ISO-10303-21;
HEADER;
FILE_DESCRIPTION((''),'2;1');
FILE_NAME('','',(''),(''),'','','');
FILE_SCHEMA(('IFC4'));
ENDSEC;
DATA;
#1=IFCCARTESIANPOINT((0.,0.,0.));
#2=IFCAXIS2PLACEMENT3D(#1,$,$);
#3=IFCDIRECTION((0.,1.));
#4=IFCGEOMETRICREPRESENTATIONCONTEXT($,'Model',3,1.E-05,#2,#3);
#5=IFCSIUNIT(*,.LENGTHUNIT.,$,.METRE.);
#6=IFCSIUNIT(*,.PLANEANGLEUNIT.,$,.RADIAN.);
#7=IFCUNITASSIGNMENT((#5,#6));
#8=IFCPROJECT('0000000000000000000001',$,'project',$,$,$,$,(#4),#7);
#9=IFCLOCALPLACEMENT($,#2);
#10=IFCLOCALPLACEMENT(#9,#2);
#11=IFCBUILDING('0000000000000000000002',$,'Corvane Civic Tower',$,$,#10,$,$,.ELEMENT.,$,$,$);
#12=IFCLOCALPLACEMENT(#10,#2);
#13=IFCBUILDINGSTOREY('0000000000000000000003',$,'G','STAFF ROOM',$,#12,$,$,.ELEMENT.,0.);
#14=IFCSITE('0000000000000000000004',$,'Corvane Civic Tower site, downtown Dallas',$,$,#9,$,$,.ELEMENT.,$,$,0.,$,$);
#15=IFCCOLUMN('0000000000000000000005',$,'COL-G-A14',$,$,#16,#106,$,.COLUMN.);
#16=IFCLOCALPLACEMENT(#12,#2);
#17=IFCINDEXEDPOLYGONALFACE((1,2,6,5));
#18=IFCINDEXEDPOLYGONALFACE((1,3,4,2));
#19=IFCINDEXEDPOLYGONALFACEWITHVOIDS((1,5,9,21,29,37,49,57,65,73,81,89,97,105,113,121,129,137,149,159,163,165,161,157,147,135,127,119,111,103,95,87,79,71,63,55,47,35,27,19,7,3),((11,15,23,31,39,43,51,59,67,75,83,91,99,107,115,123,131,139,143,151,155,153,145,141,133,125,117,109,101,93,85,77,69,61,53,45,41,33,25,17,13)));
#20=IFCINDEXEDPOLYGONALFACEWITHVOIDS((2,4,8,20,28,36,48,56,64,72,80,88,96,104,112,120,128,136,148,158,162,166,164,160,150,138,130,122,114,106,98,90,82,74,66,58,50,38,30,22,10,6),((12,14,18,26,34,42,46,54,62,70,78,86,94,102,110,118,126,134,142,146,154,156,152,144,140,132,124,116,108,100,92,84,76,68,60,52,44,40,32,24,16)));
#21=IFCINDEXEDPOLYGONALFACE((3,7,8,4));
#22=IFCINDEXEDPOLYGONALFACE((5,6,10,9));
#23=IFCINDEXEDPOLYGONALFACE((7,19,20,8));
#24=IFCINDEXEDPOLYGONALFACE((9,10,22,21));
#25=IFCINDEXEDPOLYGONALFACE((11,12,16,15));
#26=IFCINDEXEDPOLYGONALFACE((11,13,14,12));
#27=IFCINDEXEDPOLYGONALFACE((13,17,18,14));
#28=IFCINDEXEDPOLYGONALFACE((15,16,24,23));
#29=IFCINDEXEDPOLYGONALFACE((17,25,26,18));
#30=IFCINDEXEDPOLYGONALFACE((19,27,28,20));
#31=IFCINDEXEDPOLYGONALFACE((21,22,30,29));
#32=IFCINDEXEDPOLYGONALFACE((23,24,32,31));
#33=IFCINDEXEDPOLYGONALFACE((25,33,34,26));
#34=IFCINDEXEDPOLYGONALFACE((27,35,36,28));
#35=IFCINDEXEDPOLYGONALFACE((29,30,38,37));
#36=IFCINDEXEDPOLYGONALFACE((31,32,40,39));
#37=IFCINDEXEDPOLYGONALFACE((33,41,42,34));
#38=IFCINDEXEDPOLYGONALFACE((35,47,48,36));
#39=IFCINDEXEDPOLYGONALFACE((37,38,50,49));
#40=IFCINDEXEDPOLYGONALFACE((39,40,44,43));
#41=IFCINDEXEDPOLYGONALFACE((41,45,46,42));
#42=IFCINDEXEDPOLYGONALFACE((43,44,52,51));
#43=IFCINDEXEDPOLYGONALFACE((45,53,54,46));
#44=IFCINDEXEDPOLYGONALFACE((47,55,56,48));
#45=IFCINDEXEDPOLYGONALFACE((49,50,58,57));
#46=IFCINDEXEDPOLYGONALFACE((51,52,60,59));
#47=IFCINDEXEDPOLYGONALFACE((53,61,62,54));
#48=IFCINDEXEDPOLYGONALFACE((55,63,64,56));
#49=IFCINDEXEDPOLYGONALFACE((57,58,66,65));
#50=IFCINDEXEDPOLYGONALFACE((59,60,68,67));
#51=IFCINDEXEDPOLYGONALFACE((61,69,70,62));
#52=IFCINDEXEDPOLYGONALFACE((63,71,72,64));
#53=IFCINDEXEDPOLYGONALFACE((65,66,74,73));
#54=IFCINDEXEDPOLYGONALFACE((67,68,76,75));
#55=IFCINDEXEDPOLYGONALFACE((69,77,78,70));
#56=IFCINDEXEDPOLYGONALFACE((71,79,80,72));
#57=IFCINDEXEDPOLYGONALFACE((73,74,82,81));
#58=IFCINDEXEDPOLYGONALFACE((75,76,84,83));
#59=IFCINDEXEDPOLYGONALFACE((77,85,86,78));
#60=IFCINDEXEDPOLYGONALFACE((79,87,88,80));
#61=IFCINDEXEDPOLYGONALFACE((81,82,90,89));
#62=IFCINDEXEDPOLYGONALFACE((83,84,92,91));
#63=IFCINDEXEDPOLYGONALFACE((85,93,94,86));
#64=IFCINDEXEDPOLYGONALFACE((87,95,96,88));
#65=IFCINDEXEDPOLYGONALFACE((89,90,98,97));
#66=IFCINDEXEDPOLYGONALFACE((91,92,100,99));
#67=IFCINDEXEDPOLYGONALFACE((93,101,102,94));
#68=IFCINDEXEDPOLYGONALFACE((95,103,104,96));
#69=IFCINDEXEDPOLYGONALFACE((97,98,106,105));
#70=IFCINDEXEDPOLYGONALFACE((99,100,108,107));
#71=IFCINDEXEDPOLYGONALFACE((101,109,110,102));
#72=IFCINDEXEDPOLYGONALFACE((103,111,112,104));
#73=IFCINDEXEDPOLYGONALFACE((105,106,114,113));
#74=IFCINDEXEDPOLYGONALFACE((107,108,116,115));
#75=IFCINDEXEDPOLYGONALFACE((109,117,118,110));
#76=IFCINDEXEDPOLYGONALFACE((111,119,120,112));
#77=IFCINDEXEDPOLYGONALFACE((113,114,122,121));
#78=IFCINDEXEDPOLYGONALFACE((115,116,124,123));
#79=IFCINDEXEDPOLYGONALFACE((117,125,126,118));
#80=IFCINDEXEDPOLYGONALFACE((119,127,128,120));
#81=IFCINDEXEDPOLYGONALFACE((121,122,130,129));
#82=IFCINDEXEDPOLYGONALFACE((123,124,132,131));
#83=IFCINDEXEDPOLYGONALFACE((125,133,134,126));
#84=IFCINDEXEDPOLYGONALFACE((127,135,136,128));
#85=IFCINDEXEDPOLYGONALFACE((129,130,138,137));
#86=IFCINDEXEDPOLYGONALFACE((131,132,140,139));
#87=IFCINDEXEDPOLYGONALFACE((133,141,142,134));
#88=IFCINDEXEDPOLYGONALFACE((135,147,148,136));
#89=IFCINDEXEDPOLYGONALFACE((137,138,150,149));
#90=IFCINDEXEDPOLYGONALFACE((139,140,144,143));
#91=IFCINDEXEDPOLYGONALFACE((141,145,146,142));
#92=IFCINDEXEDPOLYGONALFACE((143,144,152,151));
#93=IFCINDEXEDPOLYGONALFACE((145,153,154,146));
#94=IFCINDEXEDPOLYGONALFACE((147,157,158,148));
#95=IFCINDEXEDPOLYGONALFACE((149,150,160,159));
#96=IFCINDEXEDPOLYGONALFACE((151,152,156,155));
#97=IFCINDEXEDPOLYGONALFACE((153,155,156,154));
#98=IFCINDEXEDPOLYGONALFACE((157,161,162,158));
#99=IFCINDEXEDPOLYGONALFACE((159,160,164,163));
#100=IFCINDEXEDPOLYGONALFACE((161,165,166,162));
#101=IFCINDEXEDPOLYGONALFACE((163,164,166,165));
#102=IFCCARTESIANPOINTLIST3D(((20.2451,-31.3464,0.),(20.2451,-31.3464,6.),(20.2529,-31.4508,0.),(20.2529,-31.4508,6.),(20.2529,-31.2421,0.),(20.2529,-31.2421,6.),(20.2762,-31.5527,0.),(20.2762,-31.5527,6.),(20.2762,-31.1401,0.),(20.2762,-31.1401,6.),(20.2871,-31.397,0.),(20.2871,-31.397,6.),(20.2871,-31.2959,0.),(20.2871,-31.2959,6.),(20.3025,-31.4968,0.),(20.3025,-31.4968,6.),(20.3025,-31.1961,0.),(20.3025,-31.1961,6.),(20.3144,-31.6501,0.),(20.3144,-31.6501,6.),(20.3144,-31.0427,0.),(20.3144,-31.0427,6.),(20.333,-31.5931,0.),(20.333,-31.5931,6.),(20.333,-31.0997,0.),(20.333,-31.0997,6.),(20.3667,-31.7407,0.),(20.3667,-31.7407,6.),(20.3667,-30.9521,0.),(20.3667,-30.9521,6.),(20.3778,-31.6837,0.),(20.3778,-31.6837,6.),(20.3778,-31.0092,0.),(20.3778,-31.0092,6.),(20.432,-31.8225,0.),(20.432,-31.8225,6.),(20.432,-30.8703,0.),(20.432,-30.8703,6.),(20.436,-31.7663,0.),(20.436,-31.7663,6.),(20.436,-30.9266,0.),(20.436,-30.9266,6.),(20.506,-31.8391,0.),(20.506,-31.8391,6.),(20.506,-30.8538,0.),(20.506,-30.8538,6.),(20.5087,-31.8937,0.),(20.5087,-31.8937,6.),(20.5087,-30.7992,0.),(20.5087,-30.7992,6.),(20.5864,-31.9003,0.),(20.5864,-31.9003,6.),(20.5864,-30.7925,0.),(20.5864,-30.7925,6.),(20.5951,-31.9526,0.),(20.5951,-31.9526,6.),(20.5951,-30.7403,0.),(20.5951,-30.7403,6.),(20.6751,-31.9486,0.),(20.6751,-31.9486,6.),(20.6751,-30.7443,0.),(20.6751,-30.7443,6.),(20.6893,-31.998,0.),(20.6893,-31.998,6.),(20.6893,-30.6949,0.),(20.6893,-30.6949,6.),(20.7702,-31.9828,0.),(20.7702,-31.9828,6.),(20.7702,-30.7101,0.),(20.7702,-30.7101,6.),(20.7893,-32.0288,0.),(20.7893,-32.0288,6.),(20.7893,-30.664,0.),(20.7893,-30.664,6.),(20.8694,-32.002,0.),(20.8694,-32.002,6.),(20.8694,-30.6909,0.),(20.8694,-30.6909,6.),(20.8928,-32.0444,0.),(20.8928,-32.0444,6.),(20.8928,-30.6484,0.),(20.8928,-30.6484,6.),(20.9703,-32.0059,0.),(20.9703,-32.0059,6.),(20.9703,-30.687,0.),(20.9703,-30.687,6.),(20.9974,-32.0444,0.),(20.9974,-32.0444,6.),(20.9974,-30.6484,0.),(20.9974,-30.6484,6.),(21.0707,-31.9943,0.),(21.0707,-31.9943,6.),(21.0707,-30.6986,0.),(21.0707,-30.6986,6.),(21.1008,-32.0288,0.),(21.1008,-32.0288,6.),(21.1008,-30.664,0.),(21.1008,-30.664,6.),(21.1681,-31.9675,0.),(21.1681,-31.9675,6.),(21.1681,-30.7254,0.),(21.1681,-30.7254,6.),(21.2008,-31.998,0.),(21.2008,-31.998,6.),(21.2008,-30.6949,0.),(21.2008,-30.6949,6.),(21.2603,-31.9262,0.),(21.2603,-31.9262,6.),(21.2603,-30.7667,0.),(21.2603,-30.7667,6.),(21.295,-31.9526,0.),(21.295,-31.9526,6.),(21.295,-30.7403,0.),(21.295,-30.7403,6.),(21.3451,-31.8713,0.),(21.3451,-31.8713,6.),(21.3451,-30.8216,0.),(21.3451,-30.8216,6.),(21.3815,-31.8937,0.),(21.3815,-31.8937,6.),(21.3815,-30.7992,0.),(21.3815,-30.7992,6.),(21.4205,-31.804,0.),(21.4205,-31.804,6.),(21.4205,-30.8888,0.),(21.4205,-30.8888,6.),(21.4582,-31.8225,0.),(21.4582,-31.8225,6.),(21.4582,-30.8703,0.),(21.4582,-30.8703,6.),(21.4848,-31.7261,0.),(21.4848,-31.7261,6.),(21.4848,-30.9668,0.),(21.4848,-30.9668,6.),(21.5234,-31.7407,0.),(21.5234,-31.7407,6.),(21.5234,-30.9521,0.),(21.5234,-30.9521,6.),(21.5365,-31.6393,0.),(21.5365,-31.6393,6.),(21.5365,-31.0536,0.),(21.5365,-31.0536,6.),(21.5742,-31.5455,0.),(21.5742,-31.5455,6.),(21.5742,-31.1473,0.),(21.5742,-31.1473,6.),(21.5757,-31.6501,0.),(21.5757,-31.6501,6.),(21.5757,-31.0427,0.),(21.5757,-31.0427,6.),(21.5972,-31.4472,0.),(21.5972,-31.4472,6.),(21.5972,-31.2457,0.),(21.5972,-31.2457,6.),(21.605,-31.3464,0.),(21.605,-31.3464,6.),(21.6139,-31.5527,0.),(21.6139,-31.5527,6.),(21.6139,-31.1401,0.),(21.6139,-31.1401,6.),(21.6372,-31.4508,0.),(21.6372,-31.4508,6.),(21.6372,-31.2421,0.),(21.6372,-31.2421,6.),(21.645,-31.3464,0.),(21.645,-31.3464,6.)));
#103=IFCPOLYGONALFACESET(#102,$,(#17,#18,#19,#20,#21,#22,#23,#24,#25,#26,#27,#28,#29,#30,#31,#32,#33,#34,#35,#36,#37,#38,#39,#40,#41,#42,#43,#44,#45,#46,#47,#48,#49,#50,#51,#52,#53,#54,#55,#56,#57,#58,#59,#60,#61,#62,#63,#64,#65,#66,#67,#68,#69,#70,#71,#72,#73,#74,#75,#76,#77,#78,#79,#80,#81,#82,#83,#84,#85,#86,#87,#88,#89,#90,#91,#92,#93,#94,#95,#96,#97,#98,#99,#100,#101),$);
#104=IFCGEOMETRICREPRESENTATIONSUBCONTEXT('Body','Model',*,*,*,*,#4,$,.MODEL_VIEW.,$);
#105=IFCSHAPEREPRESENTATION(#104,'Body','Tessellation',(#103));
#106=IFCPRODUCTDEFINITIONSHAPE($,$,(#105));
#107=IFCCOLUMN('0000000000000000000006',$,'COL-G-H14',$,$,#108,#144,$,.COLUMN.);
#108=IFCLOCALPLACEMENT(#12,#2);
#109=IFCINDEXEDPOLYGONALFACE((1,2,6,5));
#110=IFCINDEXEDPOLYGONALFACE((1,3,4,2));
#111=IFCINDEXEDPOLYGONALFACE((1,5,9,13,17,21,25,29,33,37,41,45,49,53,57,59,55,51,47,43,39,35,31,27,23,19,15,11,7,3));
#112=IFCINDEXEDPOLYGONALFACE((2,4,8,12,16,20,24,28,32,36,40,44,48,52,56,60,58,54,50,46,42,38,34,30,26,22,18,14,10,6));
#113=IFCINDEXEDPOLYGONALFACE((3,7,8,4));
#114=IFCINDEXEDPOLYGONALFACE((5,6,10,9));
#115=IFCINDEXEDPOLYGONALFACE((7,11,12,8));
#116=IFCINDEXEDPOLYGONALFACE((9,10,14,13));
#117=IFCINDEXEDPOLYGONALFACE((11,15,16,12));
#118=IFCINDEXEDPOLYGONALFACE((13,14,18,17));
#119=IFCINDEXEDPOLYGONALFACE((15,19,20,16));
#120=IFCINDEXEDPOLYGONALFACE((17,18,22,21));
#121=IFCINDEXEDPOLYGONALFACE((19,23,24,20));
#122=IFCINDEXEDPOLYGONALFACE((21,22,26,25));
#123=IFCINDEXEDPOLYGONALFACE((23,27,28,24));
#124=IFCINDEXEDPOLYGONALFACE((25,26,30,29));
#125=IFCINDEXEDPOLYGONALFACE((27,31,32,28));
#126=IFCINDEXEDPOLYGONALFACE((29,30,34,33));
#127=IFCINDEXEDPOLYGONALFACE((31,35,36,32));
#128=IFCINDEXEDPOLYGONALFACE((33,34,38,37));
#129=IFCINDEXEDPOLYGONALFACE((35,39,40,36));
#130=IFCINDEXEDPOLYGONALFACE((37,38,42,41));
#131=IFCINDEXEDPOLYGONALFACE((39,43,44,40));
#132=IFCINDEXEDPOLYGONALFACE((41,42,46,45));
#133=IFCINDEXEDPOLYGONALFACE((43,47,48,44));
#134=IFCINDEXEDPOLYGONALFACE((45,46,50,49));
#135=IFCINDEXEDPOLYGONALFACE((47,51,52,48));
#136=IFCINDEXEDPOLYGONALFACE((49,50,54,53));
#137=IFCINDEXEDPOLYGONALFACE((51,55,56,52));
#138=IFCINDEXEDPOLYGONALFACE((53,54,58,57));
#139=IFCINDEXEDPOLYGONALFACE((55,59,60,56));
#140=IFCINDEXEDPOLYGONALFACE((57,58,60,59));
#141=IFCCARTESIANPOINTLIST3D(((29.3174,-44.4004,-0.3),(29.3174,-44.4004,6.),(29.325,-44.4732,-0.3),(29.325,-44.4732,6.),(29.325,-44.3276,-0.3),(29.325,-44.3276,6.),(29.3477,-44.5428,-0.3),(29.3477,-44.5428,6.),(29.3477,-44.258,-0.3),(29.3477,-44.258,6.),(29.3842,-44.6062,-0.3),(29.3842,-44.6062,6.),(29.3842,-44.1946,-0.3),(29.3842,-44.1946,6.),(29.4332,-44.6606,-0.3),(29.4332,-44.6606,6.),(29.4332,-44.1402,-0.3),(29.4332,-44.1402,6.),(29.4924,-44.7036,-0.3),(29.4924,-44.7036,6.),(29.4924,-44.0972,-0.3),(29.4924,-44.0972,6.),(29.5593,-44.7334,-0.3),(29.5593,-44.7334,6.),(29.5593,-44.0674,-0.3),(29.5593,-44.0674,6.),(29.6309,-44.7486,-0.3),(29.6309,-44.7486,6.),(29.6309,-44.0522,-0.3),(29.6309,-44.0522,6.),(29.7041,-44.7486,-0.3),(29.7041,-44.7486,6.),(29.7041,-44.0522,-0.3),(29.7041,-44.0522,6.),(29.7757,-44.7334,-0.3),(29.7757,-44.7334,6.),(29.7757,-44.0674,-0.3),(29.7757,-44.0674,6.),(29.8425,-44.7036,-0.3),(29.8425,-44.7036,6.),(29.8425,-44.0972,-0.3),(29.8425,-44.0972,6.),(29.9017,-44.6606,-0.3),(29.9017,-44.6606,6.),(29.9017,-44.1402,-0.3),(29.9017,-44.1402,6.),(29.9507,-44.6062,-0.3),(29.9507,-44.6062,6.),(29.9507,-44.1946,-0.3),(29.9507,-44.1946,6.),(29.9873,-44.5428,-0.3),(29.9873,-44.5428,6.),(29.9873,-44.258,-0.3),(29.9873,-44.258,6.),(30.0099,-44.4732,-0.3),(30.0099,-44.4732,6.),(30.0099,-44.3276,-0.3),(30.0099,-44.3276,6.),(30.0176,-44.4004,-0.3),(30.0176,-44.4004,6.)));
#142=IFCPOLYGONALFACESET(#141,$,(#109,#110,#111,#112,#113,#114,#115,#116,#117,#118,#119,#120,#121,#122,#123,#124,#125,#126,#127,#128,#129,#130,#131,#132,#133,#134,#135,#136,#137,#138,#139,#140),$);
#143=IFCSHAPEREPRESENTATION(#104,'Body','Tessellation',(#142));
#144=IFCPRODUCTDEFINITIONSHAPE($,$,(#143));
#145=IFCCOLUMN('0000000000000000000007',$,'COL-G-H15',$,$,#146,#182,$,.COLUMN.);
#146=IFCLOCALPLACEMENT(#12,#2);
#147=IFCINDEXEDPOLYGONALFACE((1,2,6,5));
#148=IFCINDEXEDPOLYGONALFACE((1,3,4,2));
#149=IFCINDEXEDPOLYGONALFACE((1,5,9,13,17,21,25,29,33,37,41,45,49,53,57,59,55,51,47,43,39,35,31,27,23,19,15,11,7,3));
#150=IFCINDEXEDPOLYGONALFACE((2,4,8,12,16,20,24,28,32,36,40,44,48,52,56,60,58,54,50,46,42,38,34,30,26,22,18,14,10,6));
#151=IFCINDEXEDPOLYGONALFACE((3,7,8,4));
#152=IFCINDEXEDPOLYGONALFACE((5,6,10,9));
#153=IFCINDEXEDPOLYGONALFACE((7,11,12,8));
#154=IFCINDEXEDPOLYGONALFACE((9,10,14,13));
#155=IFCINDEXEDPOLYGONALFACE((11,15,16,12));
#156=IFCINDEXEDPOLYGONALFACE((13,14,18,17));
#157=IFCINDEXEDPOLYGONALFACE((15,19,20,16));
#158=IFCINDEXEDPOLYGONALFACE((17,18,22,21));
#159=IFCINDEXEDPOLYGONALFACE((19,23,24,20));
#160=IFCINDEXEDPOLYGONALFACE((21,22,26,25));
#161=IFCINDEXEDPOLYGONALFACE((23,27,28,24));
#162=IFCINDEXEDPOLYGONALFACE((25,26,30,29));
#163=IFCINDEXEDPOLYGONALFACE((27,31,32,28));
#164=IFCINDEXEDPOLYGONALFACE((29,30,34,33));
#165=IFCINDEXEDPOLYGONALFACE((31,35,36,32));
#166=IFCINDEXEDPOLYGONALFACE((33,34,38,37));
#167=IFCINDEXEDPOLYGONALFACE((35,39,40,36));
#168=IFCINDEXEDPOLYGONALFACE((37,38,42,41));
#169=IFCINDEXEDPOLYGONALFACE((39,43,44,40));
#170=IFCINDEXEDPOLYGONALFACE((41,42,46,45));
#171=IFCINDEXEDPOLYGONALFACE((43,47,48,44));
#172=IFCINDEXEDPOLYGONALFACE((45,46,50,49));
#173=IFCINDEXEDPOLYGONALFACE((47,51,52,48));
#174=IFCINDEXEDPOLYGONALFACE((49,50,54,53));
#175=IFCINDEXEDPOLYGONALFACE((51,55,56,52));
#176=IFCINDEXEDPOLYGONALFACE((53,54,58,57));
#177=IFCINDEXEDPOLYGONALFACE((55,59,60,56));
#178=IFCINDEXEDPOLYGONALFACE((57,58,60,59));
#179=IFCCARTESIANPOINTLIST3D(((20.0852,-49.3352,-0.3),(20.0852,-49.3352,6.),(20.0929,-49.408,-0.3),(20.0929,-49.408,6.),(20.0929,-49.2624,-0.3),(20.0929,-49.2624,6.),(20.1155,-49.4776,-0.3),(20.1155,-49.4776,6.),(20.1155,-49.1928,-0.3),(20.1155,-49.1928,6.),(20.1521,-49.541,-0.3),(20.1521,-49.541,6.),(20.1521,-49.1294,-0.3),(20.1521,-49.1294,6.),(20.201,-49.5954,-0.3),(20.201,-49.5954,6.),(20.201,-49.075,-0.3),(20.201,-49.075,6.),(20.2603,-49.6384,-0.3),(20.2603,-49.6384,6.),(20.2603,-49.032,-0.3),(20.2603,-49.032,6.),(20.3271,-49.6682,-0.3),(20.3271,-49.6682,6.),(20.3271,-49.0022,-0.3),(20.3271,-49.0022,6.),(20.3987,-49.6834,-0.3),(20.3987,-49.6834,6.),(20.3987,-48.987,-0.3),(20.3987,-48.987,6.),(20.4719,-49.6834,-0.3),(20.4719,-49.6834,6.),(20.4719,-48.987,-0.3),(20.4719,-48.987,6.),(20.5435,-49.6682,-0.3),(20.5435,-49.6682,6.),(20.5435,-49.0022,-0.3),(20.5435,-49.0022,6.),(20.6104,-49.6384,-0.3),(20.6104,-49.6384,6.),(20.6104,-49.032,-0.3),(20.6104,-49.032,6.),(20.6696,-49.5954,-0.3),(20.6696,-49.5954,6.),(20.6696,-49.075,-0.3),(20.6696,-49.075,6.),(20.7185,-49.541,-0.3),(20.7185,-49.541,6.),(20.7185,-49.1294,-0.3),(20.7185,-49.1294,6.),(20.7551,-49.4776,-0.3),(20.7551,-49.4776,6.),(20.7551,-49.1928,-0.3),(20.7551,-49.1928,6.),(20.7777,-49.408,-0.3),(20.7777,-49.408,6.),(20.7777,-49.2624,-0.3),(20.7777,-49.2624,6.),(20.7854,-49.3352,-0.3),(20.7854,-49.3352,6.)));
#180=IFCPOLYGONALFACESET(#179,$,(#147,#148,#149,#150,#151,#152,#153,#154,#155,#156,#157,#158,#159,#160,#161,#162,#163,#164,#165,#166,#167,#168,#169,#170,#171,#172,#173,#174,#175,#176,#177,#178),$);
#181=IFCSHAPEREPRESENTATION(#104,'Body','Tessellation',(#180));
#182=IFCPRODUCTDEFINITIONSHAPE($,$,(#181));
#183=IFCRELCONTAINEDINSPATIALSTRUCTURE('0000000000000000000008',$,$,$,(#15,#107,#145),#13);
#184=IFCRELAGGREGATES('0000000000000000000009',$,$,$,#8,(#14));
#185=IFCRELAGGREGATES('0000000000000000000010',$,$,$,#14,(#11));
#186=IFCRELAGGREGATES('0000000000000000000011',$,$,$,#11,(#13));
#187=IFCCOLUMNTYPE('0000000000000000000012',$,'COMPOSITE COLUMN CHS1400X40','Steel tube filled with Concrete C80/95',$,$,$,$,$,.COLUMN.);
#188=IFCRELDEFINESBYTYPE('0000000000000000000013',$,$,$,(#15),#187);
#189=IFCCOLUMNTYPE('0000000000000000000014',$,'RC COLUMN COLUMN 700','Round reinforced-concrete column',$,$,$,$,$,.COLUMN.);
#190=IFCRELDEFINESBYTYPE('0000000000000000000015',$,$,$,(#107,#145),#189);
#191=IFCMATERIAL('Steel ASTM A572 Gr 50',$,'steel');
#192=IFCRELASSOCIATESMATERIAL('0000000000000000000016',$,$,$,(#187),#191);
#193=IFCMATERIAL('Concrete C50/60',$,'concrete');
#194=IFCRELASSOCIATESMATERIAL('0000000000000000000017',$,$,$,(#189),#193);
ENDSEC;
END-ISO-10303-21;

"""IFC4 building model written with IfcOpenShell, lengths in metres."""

from ifc_helpers import new_model, si_unit, direction, frame, origin, origin_2d, place, context, subcontext, project, spatial, circle, hollow_circle, extrude, material, material_profile, profile_set, type_object, element, save


model = new_model("IFC4")

# Units and contexts
model_context = context("Model", 3, precision=1e-05, world=origin(), true_north=direction((0.0, 1.0)))
body_context = subcontext(model_context, "Body", "Model", "MODEL_VIEW")
ifc_project = project(units=[si_unit("LENGTHUNIT", "METRE"), si_unit("PLANEANGLEUNIT", "RADIAN")], contexts=[model_context])

# Site, building, storey
site_placement = place(None, origin())
site = spatial("IfcSite", under=ifc_project, at=site_placement, Name="Corvane Civic Tower site, downtown Dallas", CompositionType="ELEMENT", RefElevation=0.0)
building_placement = place(site_placement, origin())
building = spatial("IfcBuilding", under=site, at=building_placement, Name="Corvane Civic Tower", CompositionType="ELEMENT")
storey_placement = place(building_placement, origin())
storey = spatial("IfcBuildingStorey", under=building, at=storey_placement, Name="G", Description="STAFF ROOM", CompositionType="ELEMENT", Elevation=0.0)

# Columns
ifc_material_1 = material(Name="Steel ASTM A572 Gr 50", Category="steel")
ifc_material_profile_1 = material_profile(ifc_material_1, hollow_circle(Radius=0.7, WallThickness=0.04, at=origin_2d()), Name="CHS1400X40")
ifc_profile_set_1 = profile_set([ifc_material_profile_1], Name="Steel ASTM A572 Gr 50")
column_type_1 = type_object("IfcColumnType", Name="COMPOSITE COLUMN CHS1400X40", Description="Steel tube filled with Concrete C80/95", PredefinedType="COLUMN", material=ifc_profile_set_1)
for number, where, z_axis, x_axis, name in (
    (1, (20.9451, -31.3464, 0.0), (0.0, 0.0, 1.0), (1.0, 0.0, 0.0), "COL-G-A14"),
):
    element("IfcColumn", number, at=place(storey_placement, frame(where, z_axis=z_axis, x_axis=x_axis)), inside=storey, type_object=column_type_1, Name=name, PredefinedType="COLUMN", context=body_context, shape_type="SweptSolid", body=[
        extrude(hollow_circle(Radius=0.7, WallThickness=0.04, at=origin_2d()), origin(), (0.0, 0.0, 1.0), 6.0),
    ])
ifc_material_2 = material(Name="Concrete C50/60", Category="concrete")
ifc_material_profile_2 = material_profile(ifc_material_2, circle(Radius=0.3501, at=origin_2d()), Name="COLUMN 700")
ifc_profile_set_2 = profile_set([ifc_material_profile_2], Name="Concrete C50/60")
column_type_2 = type_object("IfcColumnType", Name="RC COLUMN COLUMN 700", Description="Round reinforced-concrete column", PredefinedType="COLUMN", material=ifc_profile_set_2)
for number, where, z_axis, x_axis, name in (
    (2, (29.6675, -44.4004, -0.3), (0.0, 0.0, 1.0), (1.0, 0.0, 0.0), "COL-G-H14"),
    (3, (20.4353, -49.3352, -0.3), (0.0, 0.0, 1.0), (1.0, 0.0, 0.0), "COL-G-H15"),
):
    element("IfcColumn", number, at=place(storey_placement, frame(where, z_axis=z_axis, x_axis=x_axis)), inside=storey, type_object=column_type_2, Name=name, PredefinedType="COLUMN", context=body_context, shape_type="SweptSolid", body=[
        extrude(circle(Radius=0.3501, at=origin_2d()), origin(), (0.0, 0.0, 1.0), 6.3),
    ])

save(model, "model.ifc")
